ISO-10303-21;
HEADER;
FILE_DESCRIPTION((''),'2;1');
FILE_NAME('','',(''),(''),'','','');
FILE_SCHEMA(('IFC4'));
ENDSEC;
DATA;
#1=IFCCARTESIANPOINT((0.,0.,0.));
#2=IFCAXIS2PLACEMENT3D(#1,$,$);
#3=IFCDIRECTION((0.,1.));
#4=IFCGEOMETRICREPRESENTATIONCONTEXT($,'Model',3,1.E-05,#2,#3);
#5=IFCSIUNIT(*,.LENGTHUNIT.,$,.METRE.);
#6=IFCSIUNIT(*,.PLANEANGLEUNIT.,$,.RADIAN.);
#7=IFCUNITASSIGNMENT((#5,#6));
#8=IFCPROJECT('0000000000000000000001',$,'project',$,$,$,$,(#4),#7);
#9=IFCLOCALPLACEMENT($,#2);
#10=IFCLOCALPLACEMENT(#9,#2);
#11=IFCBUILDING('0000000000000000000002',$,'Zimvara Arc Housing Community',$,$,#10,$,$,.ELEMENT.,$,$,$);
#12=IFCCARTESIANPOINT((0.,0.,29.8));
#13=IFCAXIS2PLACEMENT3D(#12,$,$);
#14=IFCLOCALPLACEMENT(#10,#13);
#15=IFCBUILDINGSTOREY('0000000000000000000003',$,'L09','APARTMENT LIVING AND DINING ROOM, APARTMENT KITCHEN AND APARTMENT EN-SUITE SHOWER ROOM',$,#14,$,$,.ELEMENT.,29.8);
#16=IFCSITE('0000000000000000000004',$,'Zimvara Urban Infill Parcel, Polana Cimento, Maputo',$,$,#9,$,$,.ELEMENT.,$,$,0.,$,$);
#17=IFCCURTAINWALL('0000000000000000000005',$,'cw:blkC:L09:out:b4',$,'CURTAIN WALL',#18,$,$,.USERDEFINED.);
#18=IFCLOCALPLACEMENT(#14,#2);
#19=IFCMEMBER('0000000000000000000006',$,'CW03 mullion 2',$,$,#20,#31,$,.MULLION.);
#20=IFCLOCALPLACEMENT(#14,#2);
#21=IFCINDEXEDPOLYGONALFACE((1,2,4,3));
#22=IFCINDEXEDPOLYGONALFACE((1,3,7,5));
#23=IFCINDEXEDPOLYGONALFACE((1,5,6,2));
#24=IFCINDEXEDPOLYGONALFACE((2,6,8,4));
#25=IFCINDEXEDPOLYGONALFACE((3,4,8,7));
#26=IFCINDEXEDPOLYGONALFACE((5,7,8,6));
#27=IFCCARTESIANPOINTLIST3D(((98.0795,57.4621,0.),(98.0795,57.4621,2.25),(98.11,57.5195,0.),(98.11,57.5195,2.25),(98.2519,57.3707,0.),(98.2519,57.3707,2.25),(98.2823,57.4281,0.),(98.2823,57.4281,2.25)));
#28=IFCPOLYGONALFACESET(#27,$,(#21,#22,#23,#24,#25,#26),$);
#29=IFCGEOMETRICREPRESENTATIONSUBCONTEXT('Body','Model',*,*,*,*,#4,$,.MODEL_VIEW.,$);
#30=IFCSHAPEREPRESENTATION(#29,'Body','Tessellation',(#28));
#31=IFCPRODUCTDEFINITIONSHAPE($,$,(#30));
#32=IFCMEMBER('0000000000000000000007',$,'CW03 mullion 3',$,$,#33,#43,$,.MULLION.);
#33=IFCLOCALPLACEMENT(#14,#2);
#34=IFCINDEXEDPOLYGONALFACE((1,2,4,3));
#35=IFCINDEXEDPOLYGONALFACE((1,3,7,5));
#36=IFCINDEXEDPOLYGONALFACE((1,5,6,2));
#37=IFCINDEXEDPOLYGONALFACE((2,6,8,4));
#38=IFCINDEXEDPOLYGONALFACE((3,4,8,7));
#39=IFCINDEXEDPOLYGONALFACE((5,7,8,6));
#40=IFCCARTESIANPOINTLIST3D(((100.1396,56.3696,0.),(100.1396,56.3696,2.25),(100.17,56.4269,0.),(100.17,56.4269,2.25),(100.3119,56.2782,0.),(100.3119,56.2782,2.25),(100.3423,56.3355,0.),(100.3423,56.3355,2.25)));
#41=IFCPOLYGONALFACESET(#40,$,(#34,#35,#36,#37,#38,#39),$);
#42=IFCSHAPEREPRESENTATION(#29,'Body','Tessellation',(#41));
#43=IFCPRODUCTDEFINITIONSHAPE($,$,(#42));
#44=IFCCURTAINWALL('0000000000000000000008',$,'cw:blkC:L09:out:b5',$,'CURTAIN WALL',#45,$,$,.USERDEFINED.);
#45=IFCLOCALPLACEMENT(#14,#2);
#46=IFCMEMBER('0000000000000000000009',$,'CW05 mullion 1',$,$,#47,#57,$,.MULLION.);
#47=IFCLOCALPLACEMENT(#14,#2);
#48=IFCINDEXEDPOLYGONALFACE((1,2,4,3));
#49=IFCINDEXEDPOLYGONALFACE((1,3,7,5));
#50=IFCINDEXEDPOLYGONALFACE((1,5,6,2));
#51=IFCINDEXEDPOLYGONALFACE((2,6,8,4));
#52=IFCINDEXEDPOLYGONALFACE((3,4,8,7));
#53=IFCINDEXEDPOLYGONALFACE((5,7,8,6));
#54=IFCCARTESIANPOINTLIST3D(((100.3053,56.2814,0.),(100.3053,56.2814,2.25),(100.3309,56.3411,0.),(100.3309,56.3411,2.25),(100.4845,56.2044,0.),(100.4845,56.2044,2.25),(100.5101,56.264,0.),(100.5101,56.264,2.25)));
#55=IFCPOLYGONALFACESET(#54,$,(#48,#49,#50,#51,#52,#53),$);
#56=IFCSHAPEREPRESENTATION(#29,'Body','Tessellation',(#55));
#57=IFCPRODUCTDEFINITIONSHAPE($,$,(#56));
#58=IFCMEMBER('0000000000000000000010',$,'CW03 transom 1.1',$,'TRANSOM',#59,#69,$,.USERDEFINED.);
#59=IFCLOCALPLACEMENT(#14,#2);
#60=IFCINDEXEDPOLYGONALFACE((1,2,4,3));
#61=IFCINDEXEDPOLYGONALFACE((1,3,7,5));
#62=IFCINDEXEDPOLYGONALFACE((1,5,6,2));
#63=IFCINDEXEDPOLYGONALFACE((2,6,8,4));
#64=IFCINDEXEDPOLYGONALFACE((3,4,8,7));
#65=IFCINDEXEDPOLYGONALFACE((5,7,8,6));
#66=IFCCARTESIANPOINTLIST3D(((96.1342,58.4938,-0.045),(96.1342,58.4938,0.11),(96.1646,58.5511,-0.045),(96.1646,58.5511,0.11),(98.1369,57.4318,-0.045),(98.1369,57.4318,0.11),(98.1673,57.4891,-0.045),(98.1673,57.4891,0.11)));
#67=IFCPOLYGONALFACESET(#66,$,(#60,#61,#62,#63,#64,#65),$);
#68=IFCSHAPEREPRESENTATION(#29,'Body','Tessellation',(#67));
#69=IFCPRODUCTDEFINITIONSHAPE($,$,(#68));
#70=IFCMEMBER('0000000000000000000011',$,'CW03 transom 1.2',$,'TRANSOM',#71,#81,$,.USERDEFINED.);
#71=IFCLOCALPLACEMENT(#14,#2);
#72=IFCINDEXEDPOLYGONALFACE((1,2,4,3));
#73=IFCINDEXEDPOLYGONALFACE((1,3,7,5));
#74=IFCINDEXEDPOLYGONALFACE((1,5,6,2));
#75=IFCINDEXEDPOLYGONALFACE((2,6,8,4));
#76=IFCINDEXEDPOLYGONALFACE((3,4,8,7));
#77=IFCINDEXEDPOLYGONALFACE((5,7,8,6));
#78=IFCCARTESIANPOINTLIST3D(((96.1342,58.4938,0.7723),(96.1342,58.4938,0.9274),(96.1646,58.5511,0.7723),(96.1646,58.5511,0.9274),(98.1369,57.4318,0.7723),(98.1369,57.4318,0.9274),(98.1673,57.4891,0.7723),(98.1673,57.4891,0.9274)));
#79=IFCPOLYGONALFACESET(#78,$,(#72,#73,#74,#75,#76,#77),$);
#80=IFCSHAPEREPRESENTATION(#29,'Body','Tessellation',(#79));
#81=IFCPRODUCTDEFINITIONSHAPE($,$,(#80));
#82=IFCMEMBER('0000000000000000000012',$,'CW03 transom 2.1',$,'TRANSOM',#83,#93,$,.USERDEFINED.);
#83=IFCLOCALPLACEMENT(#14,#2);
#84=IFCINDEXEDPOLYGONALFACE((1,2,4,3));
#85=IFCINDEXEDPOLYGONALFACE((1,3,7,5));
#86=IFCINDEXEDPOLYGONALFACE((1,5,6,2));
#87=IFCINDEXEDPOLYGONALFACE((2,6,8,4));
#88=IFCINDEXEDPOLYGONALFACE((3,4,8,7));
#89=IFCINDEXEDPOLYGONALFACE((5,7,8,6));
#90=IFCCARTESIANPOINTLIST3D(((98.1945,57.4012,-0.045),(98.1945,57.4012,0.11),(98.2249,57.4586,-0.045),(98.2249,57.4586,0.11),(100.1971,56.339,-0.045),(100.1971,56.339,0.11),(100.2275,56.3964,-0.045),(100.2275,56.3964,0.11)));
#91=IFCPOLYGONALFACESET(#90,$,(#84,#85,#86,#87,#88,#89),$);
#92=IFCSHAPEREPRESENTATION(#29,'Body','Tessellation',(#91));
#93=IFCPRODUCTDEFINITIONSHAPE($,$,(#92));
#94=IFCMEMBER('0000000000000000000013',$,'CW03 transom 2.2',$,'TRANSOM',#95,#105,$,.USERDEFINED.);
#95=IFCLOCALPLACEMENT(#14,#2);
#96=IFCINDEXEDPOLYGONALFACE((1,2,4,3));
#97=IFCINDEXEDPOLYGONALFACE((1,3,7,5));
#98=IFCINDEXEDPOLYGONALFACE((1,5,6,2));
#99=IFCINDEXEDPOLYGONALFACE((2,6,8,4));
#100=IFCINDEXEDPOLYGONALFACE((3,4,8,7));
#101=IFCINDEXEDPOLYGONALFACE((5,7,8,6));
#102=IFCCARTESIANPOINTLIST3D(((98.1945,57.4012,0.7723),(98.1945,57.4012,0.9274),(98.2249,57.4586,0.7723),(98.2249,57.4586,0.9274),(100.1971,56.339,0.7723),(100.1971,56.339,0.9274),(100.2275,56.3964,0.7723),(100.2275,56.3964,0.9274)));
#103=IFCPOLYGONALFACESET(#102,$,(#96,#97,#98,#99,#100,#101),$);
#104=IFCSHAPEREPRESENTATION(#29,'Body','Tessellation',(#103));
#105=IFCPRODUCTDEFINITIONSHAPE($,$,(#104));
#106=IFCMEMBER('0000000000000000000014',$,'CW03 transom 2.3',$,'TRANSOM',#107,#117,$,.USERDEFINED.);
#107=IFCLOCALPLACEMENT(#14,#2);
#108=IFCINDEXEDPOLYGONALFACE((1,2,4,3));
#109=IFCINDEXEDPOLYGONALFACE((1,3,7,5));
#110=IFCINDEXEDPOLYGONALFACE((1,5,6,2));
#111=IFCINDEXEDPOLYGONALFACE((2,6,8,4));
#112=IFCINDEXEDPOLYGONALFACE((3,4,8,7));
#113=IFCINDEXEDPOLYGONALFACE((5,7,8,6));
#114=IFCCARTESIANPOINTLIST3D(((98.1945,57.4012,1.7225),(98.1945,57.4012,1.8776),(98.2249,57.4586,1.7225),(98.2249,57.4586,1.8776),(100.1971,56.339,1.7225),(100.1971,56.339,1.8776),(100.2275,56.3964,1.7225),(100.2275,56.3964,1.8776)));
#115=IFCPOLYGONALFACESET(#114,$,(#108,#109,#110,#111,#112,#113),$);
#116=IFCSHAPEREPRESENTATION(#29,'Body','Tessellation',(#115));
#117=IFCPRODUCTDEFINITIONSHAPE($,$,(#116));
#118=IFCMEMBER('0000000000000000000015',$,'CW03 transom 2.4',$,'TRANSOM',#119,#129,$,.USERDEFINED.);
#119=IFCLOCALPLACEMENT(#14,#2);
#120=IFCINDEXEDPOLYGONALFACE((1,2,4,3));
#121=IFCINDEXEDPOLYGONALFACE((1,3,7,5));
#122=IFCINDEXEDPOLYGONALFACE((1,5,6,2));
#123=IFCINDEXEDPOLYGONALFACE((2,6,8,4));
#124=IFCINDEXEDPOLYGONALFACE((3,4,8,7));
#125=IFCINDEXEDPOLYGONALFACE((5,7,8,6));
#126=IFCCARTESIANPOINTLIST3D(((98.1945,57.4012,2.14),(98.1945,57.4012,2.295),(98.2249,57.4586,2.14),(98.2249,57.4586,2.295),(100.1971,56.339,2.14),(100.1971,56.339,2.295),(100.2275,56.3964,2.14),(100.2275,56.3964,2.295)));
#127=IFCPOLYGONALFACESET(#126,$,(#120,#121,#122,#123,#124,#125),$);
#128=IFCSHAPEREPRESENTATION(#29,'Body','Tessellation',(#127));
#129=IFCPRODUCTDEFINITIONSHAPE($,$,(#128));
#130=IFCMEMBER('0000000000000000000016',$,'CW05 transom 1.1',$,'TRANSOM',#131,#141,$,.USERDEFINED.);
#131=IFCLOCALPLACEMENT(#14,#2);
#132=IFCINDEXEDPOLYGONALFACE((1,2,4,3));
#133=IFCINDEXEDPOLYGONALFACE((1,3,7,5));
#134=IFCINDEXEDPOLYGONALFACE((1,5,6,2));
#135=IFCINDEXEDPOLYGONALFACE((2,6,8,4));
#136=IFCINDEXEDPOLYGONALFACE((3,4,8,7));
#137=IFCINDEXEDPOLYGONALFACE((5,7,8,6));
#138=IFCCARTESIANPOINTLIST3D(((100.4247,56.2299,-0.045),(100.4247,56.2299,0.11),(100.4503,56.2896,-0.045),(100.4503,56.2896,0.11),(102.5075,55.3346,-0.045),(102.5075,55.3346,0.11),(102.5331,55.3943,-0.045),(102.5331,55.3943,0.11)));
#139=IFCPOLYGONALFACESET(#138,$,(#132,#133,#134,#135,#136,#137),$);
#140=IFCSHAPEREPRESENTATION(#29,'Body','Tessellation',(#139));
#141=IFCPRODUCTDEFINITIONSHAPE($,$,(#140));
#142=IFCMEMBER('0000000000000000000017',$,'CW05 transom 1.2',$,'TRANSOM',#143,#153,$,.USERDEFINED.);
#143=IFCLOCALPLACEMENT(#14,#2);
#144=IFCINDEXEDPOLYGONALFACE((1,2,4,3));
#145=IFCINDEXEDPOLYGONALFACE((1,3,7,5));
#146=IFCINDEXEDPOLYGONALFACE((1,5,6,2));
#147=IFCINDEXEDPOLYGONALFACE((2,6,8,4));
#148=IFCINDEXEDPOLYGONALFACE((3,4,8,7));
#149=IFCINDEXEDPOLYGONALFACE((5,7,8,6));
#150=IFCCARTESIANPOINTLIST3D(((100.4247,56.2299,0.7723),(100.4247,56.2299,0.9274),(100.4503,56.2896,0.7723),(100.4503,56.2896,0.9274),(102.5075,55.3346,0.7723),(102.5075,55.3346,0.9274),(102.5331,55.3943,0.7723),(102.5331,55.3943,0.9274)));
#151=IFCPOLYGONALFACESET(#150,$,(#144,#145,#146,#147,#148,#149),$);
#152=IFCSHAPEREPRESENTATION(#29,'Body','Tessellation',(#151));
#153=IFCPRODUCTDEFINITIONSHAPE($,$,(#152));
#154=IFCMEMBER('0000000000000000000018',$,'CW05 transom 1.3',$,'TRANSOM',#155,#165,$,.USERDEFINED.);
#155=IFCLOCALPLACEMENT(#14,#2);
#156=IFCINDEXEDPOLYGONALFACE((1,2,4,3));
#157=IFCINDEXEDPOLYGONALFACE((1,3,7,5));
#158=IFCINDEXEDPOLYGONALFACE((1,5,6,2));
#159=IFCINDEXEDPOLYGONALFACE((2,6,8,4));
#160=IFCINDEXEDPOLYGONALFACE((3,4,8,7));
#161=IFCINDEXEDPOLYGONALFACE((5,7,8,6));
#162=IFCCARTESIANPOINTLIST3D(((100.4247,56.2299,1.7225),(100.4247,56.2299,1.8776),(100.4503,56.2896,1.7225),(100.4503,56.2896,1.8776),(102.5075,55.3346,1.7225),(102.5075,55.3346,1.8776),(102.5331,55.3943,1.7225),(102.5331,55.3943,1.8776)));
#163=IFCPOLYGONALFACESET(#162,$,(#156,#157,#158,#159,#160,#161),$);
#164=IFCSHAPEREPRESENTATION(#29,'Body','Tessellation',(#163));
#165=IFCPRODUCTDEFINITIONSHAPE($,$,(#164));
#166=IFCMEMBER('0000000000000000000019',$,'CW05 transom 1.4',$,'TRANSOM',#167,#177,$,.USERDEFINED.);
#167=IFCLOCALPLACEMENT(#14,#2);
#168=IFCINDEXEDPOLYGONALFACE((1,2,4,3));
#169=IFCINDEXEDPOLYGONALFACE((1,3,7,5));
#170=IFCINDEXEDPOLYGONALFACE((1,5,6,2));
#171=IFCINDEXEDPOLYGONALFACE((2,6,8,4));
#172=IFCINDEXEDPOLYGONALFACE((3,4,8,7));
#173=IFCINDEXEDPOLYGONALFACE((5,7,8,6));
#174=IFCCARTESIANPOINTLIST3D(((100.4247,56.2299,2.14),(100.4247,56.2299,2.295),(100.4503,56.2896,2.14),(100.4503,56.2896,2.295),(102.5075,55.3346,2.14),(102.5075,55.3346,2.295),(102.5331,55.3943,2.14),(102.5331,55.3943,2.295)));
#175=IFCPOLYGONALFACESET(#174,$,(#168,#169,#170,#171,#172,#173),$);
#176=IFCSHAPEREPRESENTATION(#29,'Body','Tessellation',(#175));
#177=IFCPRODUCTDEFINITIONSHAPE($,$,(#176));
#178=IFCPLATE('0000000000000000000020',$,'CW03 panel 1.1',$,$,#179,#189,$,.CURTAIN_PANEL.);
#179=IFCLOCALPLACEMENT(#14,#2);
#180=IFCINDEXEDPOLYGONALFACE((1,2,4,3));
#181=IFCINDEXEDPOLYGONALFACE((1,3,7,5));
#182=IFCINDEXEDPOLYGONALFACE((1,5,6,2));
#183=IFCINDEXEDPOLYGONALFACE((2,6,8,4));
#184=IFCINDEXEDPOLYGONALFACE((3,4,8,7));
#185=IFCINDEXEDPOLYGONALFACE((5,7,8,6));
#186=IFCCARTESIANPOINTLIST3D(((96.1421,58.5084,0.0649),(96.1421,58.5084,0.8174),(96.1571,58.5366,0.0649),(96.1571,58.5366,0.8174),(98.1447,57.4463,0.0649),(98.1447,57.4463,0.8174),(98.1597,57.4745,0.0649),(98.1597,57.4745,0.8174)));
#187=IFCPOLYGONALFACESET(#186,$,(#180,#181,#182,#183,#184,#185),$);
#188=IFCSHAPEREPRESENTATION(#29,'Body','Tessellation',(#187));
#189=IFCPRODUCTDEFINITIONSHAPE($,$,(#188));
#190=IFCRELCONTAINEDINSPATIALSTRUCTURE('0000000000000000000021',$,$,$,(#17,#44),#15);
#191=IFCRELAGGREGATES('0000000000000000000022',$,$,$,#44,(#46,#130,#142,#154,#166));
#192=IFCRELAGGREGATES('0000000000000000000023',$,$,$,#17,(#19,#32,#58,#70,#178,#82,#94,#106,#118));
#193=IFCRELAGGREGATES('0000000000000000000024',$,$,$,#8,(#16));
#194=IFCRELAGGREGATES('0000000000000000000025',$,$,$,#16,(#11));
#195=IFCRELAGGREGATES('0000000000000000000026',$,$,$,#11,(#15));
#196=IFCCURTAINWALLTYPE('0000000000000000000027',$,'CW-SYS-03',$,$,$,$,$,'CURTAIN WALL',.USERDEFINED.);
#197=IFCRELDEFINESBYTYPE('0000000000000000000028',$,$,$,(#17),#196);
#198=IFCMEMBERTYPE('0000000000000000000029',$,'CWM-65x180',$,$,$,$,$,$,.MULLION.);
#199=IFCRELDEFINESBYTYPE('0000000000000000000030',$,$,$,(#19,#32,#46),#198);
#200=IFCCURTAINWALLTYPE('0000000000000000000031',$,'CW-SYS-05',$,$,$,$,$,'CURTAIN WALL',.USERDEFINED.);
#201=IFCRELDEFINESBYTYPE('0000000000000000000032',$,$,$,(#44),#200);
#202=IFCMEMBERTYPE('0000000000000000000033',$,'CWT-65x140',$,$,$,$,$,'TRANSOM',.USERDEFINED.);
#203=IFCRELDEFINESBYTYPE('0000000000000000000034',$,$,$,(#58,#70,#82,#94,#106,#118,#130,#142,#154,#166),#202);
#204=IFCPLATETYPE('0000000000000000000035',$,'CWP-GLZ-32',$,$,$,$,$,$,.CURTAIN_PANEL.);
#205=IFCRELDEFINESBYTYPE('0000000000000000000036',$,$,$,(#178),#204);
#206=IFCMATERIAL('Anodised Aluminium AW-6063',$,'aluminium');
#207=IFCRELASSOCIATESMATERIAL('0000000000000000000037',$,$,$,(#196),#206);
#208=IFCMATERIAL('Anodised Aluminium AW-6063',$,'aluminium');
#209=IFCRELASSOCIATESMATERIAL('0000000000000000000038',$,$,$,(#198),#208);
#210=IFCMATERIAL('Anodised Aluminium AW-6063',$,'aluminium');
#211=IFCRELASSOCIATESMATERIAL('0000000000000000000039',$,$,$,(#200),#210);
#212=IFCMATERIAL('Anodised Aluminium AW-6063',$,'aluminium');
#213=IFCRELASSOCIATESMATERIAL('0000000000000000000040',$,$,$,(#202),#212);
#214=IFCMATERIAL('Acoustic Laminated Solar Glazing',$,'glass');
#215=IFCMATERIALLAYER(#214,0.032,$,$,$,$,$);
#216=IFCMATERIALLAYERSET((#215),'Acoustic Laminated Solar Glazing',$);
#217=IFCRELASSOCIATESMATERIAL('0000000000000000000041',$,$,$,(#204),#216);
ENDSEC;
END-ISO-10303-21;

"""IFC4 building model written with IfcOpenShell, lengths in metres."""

from ifc_helpers import new_model, si_unit, direction, frame, origin, origin_2d, place, context, subcontext, project, spatial, rectangle, extrude, material, layer, layer_set, material_profile, profile_set, type_object, element, aggregate, save


model = new_model("IFC4")

# Units and contexts
model_context = context("Model", 3, precision=1e-05, world=origin(), true_north=direction((0.0, 1.0)))
body_context = subcontext(model_context, "Body", "Model", "MODEL_VIEW")
ifc_project = project(units=[si_unit("LENGTHUNIT", "METRE"), si_unit("PLANEANGLEUNIT", "RADIAN")], contexts=[model_context])

# Site, building, storey
site_placement = place(None, origin())
site = spatial("IfcSite", under=ifc_project, at=site_placement, Name="Zimvara Urban Infill Parcel, Polana Cimento, Maputo", CompositionType="ELEMENT", RefElevation=0.0)
building_placement = place(site_placement, origin())
building = spatial("IfcBuilding", under=site, at=building_placement, Name="Zimvara Arc Housing Community", CompositionType="ELEMENT")
storey_placement = place(building_placement, frame((0.0, 0.0, 29.8)))
storey = spatial("IfcBuildingStorey", under=building, at=storey_placement, Name="L09", Description="APARTMENT LIVING AND DINING ROOM, APARTMENT KITCHEN AND APARTMENT EN-SUITE SHOWER ROOM", CompositionType="ELEMENT", Elevation=29.8)

# Curtain wall, members
ifc_material_1 = material(Name="Anodised Aluminium AW-6063", Category="aluminium")
curtain_wall_type_1 = type_object("IfcCurtainWallType", Name="CW-SYS-03", ElementType="CURTAIN WALL", PredefinedType="USERDEFINED", material=ifc_material_1)
curtain_wall_1_placement = place(storey_placement, origin())
curtain_wall_1 = element("IfcCurtainWall", 1, at=curtain_wall_1_placement, inside=storey, type_object=curtain_wall_type_1, Name="cw:blkC:L09:out:b4", ObjectType="CURTAIN WALL", PredefinedType="USERDEFINED")
ifc_material_2 = material(Name="Anodised Aluminium AW-6063", Category="aluminium")
ifc_material_profile_1 = material_profile(ifc_material_2, rectangle(XDim=0.0649, YDim=0.1951, at=origin_2d()), Name="ALU 65x195")
ifc_profile_set_1 = profile_set([ifc_material_profile_1], Name="Anodised Aluminium AW-6063")
member_type_1 = type_object("IfcMemberType", Name="CWM-65x180", PredefinedType="MULLION", material=ifc_profile_set_1)
member_1_placement = place(storey_placement, frame((98.1809, 57.4451, 0.0), z_axis=(0.0, 0.0, 1.0), x_axis=(0.468547, 0.883439, 0.0)))
member_1 = element("IfcMember", 2, at=member_1_placement, type_object=member_type_1, Name="CW03 mullion 2", PredefinedType="MULLION", context=body_context, shape_type="SweptSolid", body=[
    extrude(rectangle(XDim=0.0649, YDim=0.1951, at=origin_2d()), origin(), (0.0, 0.0, 1.0), 2.25),
])
member_2_placement = place(storey_placement, frame((100.241, 56.3525, 0.0), z_axis=(0.0, 0.0, 1.0), x_axis=(0.468547, 0.883439, 0.0)))
member_2 = element("IfcMember", 3, at=member_2_placement, type_object=member_type_1, Name="CW03 mullion 3", PredefinedType="MULLION", context=body_context, shape_type="SweptSolid", body=[
    extrude(rectangle(XDim=0.0649, YDim=0.1951, at=origin_2d()), origin(), (0.0, 0.0, 1.0), 2.25),
])

# Curtain wall, member
ifc_material_3 = material(Name="Anodised Aluminium AW-6063", Category="aluminium")
curtain_wall_type_2 = type_object("IfcCurtainWallType", Name="CW-SYS-05", ElementType="CURTAIN WALL", PredefinedType="USERDEFINED", material=ifc_material_3)
curtain_wall_2_placement = place(storey_placement, origin())
curtain_wall_2 = element("IfcCurtainWall", 4, at=curtain_wall_2_placement, inside=storey, type_object=curtain_wall_type_2, Name="cw:blkC:L09:out:b5", ObjectType="CURTAIN WALL", PredefinedType="USERDEFINED")
member_3_placement = place(storey_placement, frame((100.4077, 56.2727, 0.0), z_axis=(0.0, 0.0, 1.0), x_axis=(0.394904, 0.918722, 0.0)))
member_3 = element("IfcMember", 5, at=member_3_placement, type_object=member_type_1, Name="CW05 mullion 1", PredefinedType="MULLION", context=body_context, shape_type="SweptSolid", body=[
    extrude(rectangle(XDim=0.0649, YDim=0.1951, at=origin_2d()), origin(), (0.0, 0.0, 1.0), 2.25),
])

# Members
ifc_material_4 = material(Name="Anodised Aluminium AW-6063", Category="aluminium")
ifc_material_profile_2 = material_profile(ifc_material_4, rectangle(XDim=0.0649, YDim=0.155, at=origin_2d()), Name="ALU 65x155")
ifc_profile_set_2 = profile_set([ifc_material_profile_2], Name="Anodised Aluminium AW-6063")
member_type_2 = type_object("IfcMemberType", Name="CWT-65x140", ElementType="TRANSOM", PredefinedType="USERDEFINED", material=ifc_profile_set_2)
member_4_placement = place(storey_placement, frame((96.1494, 58.5225, 0.0325), z_axis=(0.883465, -0.468496, 0.0), x_axis=(0.468496, 0.883465, 0.0)))
member_4 = element("IfcMember", 6, at=member_4_placement, type_object=member_type_2, Name="CW03 transom 1.1", ObjectType="TRANSOM", PredefinedType="USERDEFINED", context=body_context, shape_type="SweptSolid", body=[
    extrude(rectangle(XDim=0.0649, YDim=0.155, at=origin_2d()), origin(), (0.0, 0.0, 1.0), 2.2668),
])
member_5_placement = place(storey_placement, frame((96.1494, 58.5225, 0.8499), z_axis=(0.883465, -0.468496, 0.0), x_axis=(0.468496, 0.883465, 0.0)))
member_5 = element("IfcMember", 7, at=member_5_placement, type_object=member_type_2, Name="CW03 transom 1.2", ObjectType="TRANSOM", PredefinedType="USERDEFINED", context=body_context, shape_type="SweptSolid", body=[
    extrude(rectangle(XDim=0.0649, YDim=0.155, at=origin_2d()), origin(), (0.0, 0.0, 1.0), 2.2668),
])
member_6_placement = place(storey_placement, frame((98.2097, 57.4299, 0.0325), z_axis=(0.883421, -0.46858, 0.0), x_axis=(0.46858, 0.883421, 0.0)))
member_6 = element("IfcMember", 8, at=member_6_placement, type_object=member_type_2, Name="CW03 transom 2.1", ObjectType="TRANSOM", PredefinedType="USERDEFINED", context=body_context, shape_type="SweptSolid", body=[
    extrude(rectangle(XDim=0.0649, YDim=0.155, at=origin_2d()), origin(), (0.0, 0.0, 1.0), 2.2668),
])
member_7_placement = place(storey_placement, frame((98.2097, 57.4299, 0.8499), z_axis=(0.883421, -0.46858, 0.0), x_axis=(0.46858, 0.883421, 0.0)))
member_7 = element("IfcMember", 9, at=member_7_placement, type_object=member_type_2, Name="CW03 transom 2.2", ObjectType="TRANSOM", PredefinedType="USERDEFINED", context=body_context, shape_type="SweptSolid", body=[
    extrude(rectangle(XDim=0.0649, YDim=0.155, at=origin_2d()), origin(), (0.0, 0.0, 1.0), 2.2668),
])
member_8_placement = place(storey_placement, frame((98.2097, 57.4299, 1.8), z_axis=(0.883421, -0.46858, 0.0), x_axis=(0.46858, 0.883421, 0.0)))
member_8 = element("IfcMember", 10, at=member_8_placement, type_object=member_type_2, Name="CW03 transom 2.3", ObjectType="TRANSOM", PredefinedType="USERDEFINED", context=body_context, shape_type="SweptSolid", body=[
    extrude(rectangle(XDim=0.0649, YDim=0.155, at=origin_2d()), origin(), (0.0, 0.0, 1.0), 2.2668),
])
member_9_placement = place(storey_placement, frame((98.2097, 57.4299, 2.2175), z_axis=(0.883421, -0.46858, 0.0), x_axis=(0.46858, 0.883421, 0.0)))
member_9 = element("IfcMember", 11, at=member_9_placement, type_object=member_type_2, Name="CW03 transom 2.4", ObjectType="TRANSOM", PredefinedType="USERDEFINED", context=body_context, shape_type="SweptSolid", body=[
    extrude(rectangle(XDim=0.0649, YDim=0.155, at=origin_2d()), origin(), (0.0, 0.0, 1.0), 2.2668),
])
member_10_placement = place(storey_placement, frame((100.4375, 56.2598, 0.0325), z_axis=(0.918721, -0.394907, 0.0), x_axis=(0.394907, 0.918721, 0.0)))
member_10 = element("IfcMember", 12, at=member_10_placement, type_object=member_type_2, Name="CW05 transom 1.1", ObjectType="TRANSOM", PredefinedType="USERDEFINED", context=body_context, shape_type="SweptSolid", body=[
    extrude(rectangle(XDim=0.0649, YDim=0.155, at=origin_2d()), origin(), (0.0, 0.0, 1.0), 2.2671),
])
member_11_placement = place(storey_placement, frame((100.4375, 56.2598, 0.8499), z_axis=(0.918721, -0.394907, 0.0), x_axis=(0.394907, 0.918721, 0.0)))
member_11 = element("IfcMember", 13, at=member_11_placement, type_object=member_type_2, Name="CW05 transom 1.2", ObjectType="TRANSOM", PredefinedType="USERDEFINED", context=body_context, shape_type="SweptSolid", body=[
    extrude(rectangle(XDim=0.0649, YDim=0.155, at=origin_2d()), origin(), (0.0, 0.0, 1.0), 2.2671),
])
member_12_placement = place(storey_placement, frame((100.4375, 56.2598, 1.8), z_axis=(0.918721, -0.394907, 0.0), x_axis=(0.394907, 0.918721, 0.0)))
member_12 = element("IfcMember", 14, at=member_12_placement, type_object=member_type_2, Name="CW05 transom 1.3", ObjectType="TRANSOM", PredefinedType="USERDEFINED", context=body_context, shape_type="SweptSolid", body=[
    extrude(rectangle(XDim=0.0649, YDim=0.155, at=origin_2d()), origin(), (0.0, 0.0, 1.0), 2.2671),
])
member_13_placement = place(storey_placement, frame((100.4375, 56.2598, 2.2175), z_axis=(0.918721, -0.394907, 0.0), x_axis=(0.394907, 0.918721, 0.0)))
member_13 = element("IfcMember", 15, at=member_13_placement, type_object=member_type_2, Name="CW05 transom 1.4", ObjectType="TRANSOM", PredefinedType="USERDEFINED", context=body_context, shape_type="SweptSolid", body=[
    extrude(rectangle(XDim=0.0649, YDim=0.155, at=origin_2d()), origin(), (0.0, 0.0, 1.0), 2.2671),
])
aggregate(curtain_wall_2, [member_3, member_10, member_11, member_12, member_13])

# Plate
ifc_material_5 = material(Name="Acoustic Laminated Solar Glazing", Category="glass")
ifc_layer = layer(ifc_material_5, 0.032)
ifc_layer_set = layer_set([ifc_layer], Name="Acoustic Laminated Solar Glazing")
plate_type = type_object("IfcPlateType", Name="CWP-GLZ-32", PredefinedType="CURTAIN_PANEL", material=ifc_layer_set)
plate_1_placement = place(storey_placement, frame((97.1509, 57.9915, 0.0649), z_axis=(0.0, 0.0, 1.0), x_axis=(0.883439, -0.468547, 0.0)))
plate_1 = element("IfcPlate", 16, at=plate_1_placement, type_object=plate_type, Name="CW03 panel 1.1", PredefinedType="CURTAIN_PANEL", context=body_context, shape_type="SweptSolid", body=[
    extrude(rectangle(XDim=2.2668, YDim=0.032, at=origin_2d()), origin(), (0.0, 0.0, 1.0), 0.7524),
])
aggregate(curtain_wall_1, [member_1, member_2, member_4, member_5, plate_1, member_6, member_7, member_8, member_9])

save(model, "model.ifc")
